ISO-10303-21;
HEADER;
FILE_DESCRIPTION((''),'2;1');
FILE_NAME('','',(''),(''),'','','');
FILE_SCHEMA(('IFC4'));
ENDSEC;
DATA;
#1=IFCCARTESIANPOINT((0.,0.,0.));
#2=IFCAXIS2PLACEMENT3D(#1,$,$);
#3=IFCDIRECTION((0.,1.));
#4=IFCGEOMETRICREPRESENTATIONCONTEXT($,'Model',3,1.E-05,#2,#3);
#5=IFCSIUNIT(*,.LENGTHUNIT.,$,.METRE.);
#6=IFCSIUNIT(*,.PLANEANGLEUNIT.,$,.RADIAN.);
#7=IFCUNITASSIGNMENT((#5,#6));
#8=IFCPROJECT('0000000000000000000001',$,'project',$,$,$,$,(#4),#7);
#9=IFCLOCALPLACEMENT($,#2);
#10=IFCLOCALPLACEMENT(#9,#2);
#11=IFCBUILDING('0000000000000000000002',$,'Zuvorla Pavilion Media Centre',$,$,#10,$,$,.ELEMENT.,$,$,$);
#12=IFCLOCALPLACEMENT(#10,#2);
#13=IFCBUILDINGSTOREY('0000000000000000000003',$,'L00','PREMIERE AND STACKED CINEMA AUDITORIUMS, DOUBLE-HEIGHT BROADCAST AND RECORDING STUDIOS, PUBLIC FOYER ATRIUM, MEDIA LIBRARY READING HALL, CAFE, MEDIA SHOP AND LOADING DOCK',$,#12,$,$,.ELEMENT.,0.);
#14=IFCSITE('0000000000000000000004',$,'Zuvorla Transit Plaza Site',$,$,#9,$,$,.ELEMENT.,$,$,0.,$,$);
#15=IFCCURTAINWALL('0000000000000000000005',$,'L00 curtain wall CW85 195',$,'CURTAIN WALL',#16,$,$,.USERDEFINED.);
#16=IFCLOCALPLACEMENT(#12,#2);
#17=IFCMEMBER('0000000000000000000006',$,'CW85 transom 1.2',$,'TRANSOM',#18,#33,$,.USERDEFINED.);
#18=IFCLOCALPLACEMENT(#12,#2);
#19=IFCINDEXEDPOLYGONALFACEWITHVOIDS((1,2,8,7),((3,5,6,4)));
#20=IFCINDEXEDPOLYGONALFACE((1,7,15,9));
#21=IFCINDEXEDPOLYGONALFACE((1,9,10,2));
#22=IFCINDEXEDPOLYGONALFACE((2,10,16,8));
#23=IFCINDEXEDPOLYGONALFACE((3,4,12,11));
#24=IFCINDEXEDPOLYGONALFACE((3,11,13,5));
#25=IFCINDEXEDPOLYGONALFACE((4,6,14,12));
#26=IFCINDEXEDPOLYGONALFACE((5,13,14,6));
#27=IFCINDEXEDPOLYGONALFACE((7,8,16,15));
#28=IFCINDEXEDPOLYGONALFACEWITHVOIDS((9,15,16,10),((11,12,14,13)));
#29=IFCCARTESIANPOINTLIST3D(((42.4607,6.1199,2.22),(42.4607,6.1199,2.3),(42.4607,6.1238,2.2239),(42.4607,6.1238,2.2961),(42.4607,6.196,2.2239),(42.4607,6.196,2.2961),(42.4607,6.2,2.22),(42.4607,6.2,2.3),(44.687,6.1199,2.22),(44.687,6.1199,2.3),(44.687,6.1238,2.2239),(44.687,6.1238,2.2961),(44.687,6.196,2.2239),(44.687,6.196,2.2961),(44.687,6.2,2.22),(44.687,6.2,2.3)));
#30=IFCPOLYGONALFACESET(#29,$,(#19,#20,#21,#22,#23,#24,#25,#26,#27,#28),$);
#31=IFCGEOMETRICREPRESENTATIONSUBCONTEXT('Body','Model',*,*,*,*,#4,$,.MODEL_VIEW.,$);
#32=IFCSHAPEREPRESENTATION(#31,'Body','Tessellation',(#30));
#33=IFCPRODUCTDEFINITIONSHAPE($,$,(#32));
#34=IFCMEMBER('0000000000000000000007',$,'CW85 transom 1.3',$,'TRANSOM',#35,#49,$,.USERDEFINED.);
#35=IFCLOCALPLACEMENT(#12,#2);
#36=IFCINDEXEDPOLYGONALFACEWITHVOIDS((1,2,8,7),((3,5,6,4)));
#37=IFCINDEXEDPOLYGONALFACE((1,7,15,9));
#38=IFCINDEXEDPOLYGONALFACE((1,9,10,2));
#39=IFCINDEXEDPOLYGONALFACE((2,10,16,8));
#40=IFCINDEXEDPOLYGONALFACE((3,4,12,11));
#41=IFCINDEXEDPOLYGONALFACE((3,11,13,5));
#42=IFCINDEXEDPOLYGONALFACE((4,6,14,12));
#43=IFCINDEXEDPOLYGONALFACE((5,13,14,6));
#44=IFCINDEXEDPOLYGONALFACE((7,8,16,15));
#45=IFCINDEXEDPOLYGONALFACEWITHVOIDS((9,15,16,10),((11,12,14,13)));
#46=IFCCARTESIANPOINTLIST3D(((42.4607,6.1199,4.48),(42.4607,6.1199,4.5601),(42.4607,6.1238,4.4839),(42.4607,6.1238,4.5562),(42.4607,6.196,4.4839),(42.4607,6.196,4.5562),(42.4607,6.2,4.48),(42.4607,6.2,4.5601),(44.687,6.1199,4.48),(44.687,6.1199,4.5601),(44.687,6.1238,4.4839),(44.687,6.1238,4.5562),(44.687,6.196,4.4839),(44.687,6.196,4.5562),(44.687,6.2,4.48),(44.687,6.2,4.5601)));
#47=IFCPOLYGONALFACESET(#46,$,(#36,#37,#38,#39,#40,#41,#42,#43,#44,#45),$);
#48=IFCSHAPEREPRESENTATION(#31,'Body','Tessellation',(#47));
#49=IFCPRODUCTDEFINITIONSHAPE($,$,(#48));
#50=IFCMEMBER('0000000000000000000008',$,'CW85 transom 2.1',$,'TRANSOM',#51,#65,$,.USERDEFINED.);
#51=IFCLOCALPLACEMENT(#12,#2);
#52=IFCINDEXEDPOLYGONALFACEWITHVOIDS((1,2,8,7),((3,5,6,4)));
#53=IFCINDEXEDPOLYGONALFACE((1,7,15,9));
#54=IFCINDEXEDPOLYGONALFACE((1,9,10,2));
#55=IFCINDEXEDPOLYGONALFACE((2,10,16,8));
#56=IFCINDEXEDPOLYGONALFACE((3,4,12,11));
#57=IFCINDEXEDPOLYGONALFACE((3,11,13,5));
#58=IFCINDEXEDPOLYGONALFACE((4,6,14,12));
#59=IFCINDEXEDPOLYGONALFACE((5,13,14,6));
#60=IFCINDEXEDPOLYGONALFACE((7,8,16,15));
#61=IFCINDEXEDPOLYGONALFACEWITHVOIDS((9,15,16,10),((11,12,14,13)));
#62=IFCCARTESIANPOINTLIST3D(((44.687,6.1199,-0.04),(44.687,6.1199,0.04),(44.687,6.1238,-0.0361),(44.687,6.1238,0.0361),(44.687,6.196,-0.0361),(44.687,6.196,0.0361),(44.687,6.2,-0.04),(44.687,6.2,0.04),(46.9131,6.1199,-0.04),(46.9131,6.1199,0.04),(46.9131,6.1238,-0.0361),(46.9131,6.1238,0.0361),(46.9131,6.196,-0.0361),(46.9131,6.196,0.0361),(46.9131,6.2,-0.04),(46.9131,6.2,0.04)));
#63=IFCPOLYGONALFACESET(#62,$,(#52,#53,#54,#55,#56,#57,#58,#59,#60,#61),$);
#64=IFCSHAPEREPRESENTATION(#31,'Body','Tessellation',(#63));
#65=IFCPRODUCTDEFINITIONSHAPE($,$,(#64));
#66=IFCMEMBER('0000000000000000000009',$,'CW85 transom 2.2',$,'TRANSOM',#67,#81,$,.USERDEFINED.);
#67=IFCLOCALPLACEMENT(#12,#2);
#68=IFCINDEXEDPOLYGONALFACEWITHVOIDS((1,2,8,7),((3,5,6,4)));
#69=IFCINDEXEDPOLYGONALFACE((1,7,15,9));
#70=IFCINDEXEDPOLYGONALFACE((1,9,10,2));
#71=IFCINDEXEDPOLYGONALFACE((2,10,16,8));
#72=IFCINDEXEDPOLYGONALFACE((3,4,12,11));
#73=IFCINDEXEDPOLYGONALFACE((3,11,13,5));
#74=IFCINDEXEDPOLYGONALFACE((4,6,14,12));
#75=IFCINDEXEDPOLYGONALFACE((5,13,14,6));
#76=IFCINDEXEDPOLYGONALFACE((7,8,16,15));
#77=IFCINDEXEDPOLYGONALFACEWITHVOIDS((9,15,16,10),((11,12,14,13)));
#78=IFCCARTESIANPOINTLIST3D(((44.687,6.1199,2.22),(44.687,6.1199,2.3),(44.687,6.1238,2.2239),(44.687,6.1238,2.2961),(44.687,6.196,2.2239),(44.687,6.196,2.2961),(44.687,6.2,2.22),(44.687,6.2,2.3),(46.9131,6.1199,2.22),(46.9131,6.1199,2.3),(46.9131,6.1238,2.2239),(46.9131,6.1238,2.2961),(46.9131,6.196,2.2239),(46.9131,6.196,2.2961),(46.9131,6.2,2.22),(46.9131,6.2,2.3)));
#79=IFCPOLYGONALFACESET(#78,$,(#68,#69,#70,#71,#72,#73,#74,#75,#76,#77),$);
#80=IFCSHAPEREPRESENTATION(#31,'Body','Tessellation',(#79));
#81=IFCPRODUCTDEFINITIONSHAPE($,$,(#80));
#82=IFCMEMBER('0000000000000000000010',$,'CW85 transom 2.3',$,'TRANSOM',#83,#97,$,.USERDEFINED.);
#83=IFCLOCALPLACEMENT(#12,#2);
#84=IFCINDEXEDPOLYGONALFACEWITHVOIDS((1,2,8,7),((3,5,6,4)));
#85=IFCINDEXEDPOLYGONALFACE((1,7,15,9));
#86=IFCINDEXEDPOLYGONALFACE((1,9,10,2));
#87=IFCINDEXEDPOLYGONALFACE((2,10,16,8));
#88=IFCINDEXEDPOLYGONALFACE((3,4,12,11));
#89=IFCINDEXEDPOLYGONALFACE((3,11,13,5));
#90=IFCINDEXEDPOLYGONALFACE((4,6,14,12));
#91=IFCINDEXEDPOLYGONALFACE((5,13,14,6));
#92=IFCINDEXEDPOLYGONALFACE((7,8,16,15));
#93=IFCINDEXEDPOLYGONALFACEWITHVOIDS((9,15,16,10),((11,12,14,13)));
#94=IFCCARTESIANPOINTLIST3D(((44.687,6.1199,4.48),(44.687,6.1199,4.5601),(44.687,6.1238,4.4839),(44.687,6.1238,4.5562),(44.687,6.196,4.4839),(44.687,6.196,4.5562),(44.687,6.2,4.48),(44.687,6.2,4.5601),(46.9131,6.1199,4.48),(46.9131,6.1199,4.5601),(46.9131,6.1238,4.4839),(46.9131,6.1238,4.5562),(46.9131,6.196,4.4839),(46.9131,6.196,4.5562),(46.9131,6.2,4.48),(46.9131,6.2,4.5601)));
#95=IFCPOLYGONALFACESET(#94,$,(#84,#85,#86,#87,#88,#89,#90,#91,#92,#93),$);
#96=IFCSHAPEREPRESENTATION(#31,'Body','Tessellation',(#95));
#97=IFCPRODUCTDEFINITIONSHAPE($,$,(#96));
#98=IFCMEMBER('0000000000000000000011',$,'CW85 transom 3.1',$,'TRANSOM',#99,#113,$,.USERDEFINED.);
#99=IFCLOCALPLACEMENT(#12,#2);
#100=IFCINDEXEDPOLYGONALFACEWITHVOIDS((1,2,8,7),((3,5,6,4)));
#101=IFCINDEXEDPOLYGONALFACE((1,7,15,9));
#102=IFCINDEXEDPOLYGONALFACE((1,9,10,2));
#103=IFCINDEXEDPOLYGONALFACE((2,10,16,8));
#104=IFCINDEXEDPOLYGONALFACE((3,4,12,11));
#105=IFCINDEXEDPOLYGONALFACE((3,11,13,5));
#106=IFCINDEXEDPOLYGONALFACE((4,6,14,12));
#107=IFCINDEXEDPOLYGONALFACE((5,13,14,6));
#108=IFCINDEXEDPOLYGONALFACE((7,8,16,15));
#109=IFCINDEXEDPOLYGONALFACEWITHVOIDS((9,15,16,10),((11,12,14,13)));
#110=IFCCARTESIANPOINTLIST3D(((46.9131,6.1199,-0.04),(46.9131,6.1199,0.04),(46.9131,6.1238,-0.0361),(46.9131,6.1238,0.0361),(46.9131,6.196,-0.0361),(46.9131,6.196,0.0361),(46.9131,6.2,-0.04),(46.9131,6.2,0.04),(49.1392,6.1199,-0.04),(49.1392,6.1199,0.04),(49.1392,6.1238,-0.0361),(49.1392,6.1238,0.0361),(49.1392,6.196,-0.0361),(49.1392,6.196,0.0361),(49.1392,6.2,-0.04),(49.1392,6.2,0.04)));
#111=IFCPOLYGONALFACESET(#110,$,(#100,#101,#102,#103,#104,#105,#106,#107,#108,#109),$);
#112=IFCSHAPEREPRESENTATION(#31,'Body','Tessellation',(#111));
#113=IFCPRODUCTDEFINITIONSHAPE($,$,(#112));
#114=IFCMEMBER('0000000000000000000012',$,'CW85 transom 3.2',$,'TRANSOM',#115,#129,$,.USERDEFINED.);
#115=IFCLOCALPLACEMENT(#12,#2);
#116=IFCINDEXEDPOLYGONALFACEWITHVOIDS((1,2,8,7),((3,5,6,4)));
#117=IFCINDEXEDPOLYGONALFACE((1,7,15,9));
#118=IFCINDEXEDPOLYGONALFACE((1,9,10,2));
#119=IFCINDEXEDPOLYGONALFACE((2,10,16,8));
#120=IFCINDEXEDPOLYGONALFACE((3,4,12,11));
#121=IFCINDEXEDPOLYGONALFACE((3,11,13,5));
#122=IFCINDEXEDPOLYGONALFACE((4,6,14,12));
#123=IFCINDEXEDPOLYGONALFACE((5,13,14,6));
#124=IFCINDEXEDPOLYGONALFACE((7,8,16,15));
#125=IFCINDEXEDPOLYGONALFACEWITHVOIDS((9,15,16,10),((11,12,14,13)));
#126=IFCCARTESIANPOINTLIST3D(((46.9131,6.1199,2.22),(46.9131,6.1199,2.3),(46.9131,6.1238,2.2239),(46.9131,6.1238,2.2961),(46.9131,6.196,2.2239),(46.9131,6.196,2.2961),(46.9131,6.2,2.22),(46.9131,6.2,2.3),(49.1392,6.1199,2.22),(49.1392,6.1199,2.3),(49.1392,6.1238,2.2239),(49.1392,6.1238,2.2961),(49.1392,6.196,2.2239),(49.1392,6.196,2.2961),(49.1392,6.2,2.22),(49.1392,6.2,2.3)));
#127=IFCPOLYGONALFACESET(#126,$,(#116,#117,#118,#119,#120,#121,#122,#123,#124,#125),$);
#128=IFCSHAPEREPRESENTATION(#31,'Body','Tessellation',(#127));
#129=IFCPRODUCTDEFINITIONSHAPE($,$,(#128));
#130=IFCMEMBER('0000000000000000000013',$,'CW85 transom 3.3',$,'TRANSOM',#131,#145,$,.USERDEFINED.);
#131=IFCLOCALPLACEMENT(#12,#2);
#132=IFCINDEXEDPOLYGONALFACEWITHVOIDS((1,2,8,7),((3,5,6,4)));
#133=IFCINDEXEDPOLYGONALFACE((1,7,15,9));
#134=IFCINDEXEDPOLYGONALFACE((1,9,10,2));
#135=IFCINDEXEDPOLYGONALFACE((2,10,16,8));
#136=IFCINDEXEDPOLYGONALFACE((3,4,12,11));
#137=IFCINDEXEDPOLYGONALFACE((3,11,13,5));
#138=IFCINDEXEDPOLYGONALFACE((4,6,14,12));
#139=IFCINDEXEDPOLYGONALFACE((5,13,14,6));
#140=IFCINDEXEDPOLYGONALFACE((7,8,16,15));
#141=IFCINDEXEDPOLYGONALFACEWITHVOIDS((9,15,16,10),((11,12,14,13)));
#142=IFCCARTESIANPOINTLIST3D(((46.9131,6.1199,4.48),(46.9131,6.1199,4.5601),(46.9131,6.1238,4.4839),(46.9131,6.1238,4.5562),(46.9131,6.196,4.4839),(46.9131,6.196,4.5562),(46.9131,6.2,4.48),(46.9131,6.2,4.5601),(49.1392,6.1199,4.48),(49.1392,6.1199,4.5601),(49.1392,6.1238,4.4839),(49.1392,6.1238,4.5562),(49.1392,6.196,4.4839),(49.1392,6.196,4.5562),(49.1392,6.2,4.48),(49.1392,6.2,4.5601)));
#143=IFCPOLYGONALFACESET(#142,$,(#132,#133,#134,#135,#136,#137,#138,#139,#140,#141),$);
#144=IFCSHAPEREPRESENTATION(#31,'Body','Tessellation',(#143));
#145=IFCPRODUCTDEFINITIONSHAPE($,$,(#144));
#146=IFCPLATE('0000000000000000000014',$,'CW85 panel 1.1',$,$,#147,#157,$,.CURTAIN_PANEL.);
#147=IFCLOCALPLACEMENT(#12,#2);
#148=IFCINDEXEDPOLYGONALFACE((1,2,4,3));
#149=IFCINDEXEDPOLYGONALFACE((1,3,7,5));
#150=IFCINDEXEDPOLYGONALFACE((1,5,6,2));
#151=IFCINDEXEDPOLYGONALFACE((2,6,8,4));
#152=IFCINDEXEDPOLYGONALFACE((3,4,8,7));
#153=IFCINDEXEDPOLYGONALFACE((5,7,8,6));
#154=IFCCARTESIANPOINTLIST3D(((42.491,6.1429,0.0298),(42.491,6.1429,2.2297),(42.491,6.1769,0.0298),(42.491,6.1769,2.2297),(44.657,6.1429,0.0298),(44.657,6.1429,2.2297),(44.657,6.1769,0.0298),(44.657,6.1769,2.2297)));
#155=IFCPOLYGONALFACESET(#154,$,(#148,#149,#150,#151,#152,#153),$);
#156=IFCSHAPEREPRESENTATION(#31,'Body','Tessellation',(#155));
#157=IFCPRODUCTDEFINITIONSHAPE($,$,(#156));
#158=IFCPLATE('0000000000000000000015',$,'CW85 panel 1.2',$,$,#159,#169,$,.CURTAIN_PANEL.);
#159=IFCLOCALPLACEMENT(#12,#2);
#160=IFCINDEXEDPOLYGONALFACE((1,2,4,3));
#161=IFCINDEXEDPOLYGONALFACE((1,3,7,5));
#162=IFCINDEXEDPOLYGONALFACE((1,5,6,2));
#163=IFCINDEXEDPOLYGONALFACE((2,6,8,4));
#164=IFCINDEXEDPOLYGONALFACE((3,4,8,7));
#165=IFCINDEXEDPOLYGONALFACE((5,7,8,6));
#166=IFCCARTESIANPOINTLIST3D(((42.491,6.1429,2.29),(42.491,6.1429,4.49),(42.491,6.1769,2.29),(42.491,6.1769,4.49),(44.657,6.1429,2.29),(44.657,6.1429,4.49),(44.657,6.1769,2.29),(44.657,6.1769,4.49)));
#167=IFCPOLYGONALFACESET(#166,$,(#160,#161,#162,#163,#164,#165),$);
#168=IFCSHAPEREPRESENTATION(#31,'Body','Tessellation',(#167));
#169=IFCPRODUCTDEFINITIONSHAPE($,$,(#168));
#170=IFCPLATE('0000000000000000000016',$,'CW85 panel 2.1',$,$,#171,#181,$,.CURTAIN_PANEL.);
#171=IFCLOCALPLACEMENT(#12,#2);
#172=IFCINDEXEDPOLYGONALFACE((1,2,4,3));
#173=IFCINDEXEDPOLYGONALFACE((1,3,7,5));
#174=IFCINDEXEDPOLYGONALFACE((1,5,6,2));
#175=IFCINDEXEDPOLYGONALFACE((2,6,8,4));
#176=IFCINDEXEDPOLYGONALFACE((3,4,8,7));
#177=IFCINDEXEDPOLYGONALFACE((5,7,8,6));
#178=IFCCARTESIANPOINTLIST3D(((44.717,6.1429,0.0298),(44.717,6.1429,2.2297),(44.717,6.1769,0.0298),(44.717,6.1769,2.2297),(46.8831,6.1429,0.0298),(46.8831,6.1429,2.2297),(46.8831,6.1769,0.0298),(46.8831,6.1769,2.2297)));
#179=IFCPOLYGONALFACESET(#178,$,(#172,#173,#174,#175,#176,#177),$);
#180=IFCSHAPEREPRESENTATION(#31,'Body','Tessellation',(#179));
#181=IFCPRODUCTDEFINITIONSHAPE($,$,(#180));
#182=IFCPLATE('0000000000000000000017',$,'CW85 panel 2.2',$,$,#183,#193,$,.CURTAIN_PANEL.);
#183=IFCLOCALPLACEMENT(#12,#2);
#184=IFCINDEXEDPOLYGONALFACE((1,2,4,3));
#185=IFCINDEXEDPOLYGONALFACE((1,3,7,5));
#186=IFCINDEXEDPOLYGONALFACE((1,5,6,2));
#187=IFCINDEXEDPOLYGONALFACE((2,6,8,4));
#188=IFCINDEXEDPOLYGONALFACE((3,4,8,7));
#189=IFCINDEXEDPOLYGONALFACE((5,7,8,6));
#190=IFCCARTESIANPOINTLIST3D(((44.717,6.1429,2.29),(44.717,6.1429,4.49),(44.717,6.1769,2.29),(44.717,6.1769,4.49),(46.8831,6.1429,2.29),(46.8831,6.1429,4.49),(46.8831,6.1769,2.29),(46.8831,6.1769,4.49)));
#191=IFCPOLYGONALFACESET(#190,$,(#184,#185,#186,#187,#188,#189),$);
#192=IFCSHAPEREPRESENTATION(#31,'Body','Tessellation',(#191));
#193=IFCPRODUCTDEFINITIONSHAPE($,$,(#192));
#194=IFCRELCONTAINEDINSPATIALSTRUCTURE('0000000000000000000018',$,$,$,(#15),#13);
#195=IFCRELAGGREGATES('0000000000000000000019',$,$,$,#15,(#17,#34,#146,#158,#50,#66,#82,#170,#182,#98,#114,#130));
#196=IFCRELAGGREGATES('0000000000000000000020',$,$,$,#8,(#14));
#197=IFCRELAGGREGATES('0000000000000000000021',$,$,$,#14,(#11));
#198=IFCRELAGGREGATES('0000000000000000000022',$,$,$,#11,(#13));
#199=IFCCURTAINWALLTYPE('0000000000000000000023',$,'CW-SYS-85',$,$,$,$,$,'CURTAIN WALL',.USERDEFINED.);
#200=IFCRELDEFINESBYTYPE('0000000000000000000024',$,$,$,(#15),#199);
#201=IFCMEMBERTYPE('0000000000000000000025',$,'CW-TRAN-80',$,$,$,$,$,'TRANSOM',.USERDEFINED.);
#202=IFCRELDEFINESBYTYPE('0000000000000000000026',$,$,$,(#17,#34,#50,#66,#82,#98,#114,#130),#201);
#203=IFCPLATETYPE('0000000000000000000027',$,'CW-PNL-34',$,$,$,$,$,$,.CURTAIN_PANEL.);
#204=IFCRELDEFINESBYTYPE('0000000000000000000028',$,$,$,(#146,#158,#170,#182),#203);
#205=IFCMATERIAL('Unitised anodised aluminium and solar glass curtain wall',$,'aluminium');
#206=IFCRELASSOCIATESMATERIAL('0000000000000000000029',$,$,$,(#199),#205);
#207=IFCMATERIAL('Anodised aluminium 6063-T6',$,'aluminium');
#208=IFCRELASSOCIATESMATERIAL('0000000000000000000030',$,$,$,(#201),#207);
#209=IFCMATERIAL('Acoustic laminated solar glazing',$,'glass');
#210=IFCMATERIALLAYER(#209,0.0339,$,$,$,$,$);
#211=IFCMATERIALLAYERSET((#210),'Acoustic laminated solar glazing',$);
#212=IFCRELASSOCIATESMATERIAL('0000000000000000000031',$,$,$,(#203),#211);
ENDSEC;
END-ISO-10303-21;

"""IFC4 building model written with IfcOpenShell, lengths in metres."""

from ifc_helpers import new_model, si_unit, direction, frame, origin, origin_2d, place, context, subcontext, project, spatial, rectangle, hollow_rectangle, extrude, material, layer, layer_set, material_profile, profile_set, type_object, element, aggregate, save


model = new_model("IFC4")

# Units and contexts
model_context = context("Model", 3, precision=1e-05, world=origin(), true_north=direction((0.0, 1.0)))
body_context = subcontext(model_context, "Body", "Model", "MODEL_VIEW")
ifc_project = project(units=[si_unit("LENGTHUNIT", "METRE"), si_unit("PLANEANGLEUNIT", "RADIAN")], contexts=[model_context])

# Site, building, storey
site_placement = place(None, origin())
site = spatial("IfcSite", under=ifc_project, at=site_placement, Name="Zuvorla Transit Plaza Site", CompositionType="ELEMENT", RefElevation=0.0)
building_placement = place(site_placement, origin())
building = spatial("IfcBuilding", under=site, at=building_placement, Name="Zuvorla Pavilion Media Centre", CompositionType="ELEMENT")
storey_placement = place(building_placement, origin())
storey = spatial("IfcBuildingStorey", under=building, at=storey_placement, Name="L00", Description="PREMIERE AND STACKED CINEMA AUDITORIUMS, DOUBLE-HEIGHT BROADCAST AND RECORDING STUDIOS, PUBLIC FOYER ATRIUM, MEDIA LIBRARY READING HALL, CAFE, MEDIA SHOP AND LOADING DOCK", CompositionType="ELEMENT", Elevation=0.0)

# Curtain wall, members, plates
ifc_material_1 = material(Name="Unitised anodised aluminium and solar glass curtain wall", Category="aluminium")
curtain_wall_type = type_object("IfcCurtainWallType", Name="CW-SYS-85", ElementType="CURTAIN WALL", PredefinedType="USERDEFINED", material=ifc_material_1)
curtain_wall_placement = place(storey_placement, origin())
curtain_wall = element("IfcCurtainWall", 1, at=curtain_wall_placement, inside=storey, type_object=curtain_wall_type, Name="L00 curtain wall CW85 195", ObjectType="CURTAIN WALL", PredefinedType="USERDEFINED")
ifc_material_2 = material(Name="Anodised aluminium 6063-T6", Category="aluminium")
ifc_material_profile_1 = material_profile(ifc_material_2, hollow_rectangle(XDim=0.0801, YDim=0.0801, WallThickness=0.0039, at=origin_2d()), Name="ALU TRAN 80x80")
ifc_profile_set_1 = profile_set([ifc_material_profile_1], Name="Anodised aluminium 6063-T6")
member_type_1 = type_object("IfcMemberType", Name="CW-TRAN-80", ElementType="TRANSOM", PredefinedType="USERDEFINED", material=ifc_profile_set_1)
member_1_placement = place(storey_placement, frame((42.4607, 6.1599, 2.26), z_axis=(1.0, 0.0, 0.0), x_axis=(0.0, 1.0, 0.0)))
member_1 = element("IfcMember", 2, at=member_1_placement, type_object=member_type_1, Name="CW85 transom 1.2", ObjectType="TRANSOM", PredefinedType="USERDEFINED", context=body_context, shape_type="SweptSolid", body=[
    extrude(hollow_rectangle(XDim=0.0801, YDim=0.0801, WallThickness=0.0039, at=origin_2d()), origin(), (0.0, 0.0, 1.0), 2.2263),
])
member_2_placement = place(storey_placement, frame((42.4607, 6.1599, 4.52), z_axis=(1.0, 0.0, 0.0), x_axis=(0.0, 1.0, 0.0)))
member_2 = element("IfcMember", 3, at=member_2_placement, type_object=member_type_1, Name="CW85 transom 1.3", ObjectType="TRANSOM", PredefinedType="USERDEFINED", context=body_context, shape_type="SweptSolid", body=[
    extrude(hollow_rectangle(XDim=0.0801, YDim=0.0801, WallThickness=0.0039, at=origin_2d()), origin(), (0.0, 0.0, 1.0), 2.2263),
])
member_3_placement = place(storey_placement, frame((44.687, 6.1599, 0.0), z_axis=(1.0, 0.0, 0.0), x_axis=(0.0, 1.0, 0.0)))
member_3 = element("IfcMember", 4, at=member_3_placement, type_object=member_type_1, Name="CW85 transom 2.1", ObjectType="TRANSOM", PredefinedType="USERDEFINED", context=body_context, shape_type="SweptSolid", body=[
    extrude(hollow_rectangle(XDim=0.0801, YDim=0.0801, WallThickness=0.0039, at=origin_2d()), origin(), (0.0, 0.0, 1.0), 2.2261),
])
member_4_placement = place(storey_placement, frame((44.687, 6.1599, 2.26), z_axis=(1.0, 0.0, 0.0), x_axis=(0.0, 1.0, 0.0)))
member_4 = element("IfcMember", 5, at=member_4_placement, type_object=member_type_1, Name="CW85 transom 2.2", ObjectType="TRANSOM", PredefinedType="USERDEFINED", context=body_context, shape_type="SweptSolid", body=[
    extrude(hollow_rectangle(XDim=0.0801, YDim=0.0801, WallThickness=0.0039, at=origin_2d()), origin(), (0.0, 0.0, 1.0), 2.2261),
])
member_5_placement = place(storey_placement, frame((44.687, 6.1599, 4.52), z_axis=(1.0, 0.0, 0.0), x_axis=(0.0, 1.0, 0.0)))
member_5 = element("IfcMember", 6, at=member_5_placement, type_object=member_type_1, Name="CW85 transom 2.3", ObjectType="TRANSOM", PredefinedType="USERDEFINED", context=body_context, shape_type="SweptSolid", body=[
    extrude(hollow_rectangle(XDim=0.0801, YDim=0.0801, WallThickness=0.0039, at=origin_2d()), origin(), (0.0, 0.0, 1.0), 2.2261),
])
member_6_placement = place(storey_placement, frame((46.9131, 6.1599, 0.0), z_axis=(1.0, 0.0, 0.0), x_axis=(0.0, 1.0, 0.0)))
member_6 = element("IfcMember", 7, at=member_6_placement, type_object=member_type_1, Name="CW85 transom 3.1", ObjectType="TRANSOM", PredefinedType="USERDEFINED", context=body_context, shape_type="SweptSolid", body=[
    extrude(hollow_rectangle(XDim=0.0801, YDim=0.0801, WallThickness=0.0039, at=origin_2d()), origin(), (0.0, 0.0, 1.0), 2.2261),
])
member_7_placement = place(storey_placement, frame((46.9131, 6.1599, 2.26), z_axis=(1.0, 0.0, 0.0), x_axis=(0.0, 1.0, 0.0)))
member_7 = element("IfcMember", 8, at=member_7_placement, type_object=member_type_1, Name="CW85 transom 3.2", ObjectType="TRANSOM", PredefinedType="USERDEFINED", context=body_context, shape_type="SweptSolid", body=[
    extrude(hollow_rectangle(XDim=0.0801, YDim=0.0801, WallThickness=0.0039, at=origin_2d()), origin(), (0.0, 0.0, 1.0), 2.2261),
])
member_8_placement = place(storey_placement, frame((46.9131, 6.1599, 4.52), z_axis=(1.0, 0.0, 0.0), x_axis=(0.0, 1.0, 0.0)))
member_8 = element("IfcMember", 9, at=member_8_placement, type_object=member_type_1, Name="CW85 transom 3.3", ObjectType="TRANSOM", PredefinedType="USERDEFINED", context=body_context, shape_type="SweptSolid", body=[
    extrude(hollow_rectangle(XDim=0.0801, YDim=0.0801, WallThickness=0.0039, at=origin_2d()), origin(), (0.0, 0.0, 1.0), 2.2261),
])
ifc_material_3 = material(Name="Acoustic laminated solar glazing", Category="glass")
ifc_layer = layer(ifc_material_3, 0.0339)
ifc_layer_set = layer_set([ifc_layer], Name="Acoustic laminated solar glazing")
plate_type = type_object("IfcPlateType", Name="CW-PNL-34", PredefinedType="CURTAIN_PANEL", material=ifc_layer_set)
plate_1_placement = place(storey_placement, frame((43.574, 6.1599, 0.0298), z_axis=(0.0, 0.0, 1.0), x_axis=(1.0, 0.0, 0.0)))
plate_1 = element("IfcPlate", 10, at=plate_1_placement, type_object=plate_type, Name="CW85 panel 1.1", PredefinedType="CURTAIN_PANEL", context=body_context, shape_type="SweptSolid", body=[
    extrude(rectangle(XDim=2.166, YDim=0.0339, at=origin_2d()), origin(), (0.0, 0.0, 1.0), 2.2),
])
plate_2_placement = place(storey_placement, frame((43.574, 6.1599, 2.29), z_axis=(0.0, 0.0, 1.0), x_axis=(1.0, 0.0, 0.0)))
plate_2 = element("IfcPlate", 11, at=plate_2_placement, type_object=plate_type, Name="CW85 panel 1.2", PredefinedType="CURTAIN_PANEL", context=body_context, shape_type="SweptSolid", body=[
    extrude(rectangle(XDim=2.166, YDim=0.0339, at=origin_2d()), origin(), (0.0, 0.0, 1.0), 2.2),
])
plate_3_placement = place(storey_placement, frame((45.8, 6.1599, 0.0298), z_axis=(0.0, 0.0, 1.0), x_axis=(1.0, 0.0, 0.0)))
plate_3 = element("IfcPlate", 12, at=plate_3_placement, type_object=plate_type, Name="CW85 panel 2.1", PredefinedType="CURTAIN_PANEL", context=body_context, shape_type="SweptSolid", body=[
    extrude(rectangle(XDim=2.166, YDim=0.0339, at=origin_2d()), origin(), (0.0, 0.0, 1.0), 2.2),
])
plate_4_placement = place(storey_placement, frame((45.8, 6.1599, 2.29), z_axis=(0.0, 0.0, 1.0), x_axis=(1.0, 0.0, 0.0)))
plate_4 = element("IfcPlate", 13, at=plate_4_placement, type_object=plate_type, Name="CW85 panel 2.2", PredefinedType="CURTAIN_PANEL", context=body_context, shape_type="SweptSolid", body=[
    extrude(rectangle(XDim=2.166, YDim=0.0339, at=origin_2d()), origin(), (0.0, 0.0, 1.0), 2.2),
])
aggregate(curtain_wall, [member_1, member_2, plate_1, plate_2, member_3, member_4, member_5, plate_3, plate_4, member_6, member_7, member_8])

save(model, "model.ifc")
